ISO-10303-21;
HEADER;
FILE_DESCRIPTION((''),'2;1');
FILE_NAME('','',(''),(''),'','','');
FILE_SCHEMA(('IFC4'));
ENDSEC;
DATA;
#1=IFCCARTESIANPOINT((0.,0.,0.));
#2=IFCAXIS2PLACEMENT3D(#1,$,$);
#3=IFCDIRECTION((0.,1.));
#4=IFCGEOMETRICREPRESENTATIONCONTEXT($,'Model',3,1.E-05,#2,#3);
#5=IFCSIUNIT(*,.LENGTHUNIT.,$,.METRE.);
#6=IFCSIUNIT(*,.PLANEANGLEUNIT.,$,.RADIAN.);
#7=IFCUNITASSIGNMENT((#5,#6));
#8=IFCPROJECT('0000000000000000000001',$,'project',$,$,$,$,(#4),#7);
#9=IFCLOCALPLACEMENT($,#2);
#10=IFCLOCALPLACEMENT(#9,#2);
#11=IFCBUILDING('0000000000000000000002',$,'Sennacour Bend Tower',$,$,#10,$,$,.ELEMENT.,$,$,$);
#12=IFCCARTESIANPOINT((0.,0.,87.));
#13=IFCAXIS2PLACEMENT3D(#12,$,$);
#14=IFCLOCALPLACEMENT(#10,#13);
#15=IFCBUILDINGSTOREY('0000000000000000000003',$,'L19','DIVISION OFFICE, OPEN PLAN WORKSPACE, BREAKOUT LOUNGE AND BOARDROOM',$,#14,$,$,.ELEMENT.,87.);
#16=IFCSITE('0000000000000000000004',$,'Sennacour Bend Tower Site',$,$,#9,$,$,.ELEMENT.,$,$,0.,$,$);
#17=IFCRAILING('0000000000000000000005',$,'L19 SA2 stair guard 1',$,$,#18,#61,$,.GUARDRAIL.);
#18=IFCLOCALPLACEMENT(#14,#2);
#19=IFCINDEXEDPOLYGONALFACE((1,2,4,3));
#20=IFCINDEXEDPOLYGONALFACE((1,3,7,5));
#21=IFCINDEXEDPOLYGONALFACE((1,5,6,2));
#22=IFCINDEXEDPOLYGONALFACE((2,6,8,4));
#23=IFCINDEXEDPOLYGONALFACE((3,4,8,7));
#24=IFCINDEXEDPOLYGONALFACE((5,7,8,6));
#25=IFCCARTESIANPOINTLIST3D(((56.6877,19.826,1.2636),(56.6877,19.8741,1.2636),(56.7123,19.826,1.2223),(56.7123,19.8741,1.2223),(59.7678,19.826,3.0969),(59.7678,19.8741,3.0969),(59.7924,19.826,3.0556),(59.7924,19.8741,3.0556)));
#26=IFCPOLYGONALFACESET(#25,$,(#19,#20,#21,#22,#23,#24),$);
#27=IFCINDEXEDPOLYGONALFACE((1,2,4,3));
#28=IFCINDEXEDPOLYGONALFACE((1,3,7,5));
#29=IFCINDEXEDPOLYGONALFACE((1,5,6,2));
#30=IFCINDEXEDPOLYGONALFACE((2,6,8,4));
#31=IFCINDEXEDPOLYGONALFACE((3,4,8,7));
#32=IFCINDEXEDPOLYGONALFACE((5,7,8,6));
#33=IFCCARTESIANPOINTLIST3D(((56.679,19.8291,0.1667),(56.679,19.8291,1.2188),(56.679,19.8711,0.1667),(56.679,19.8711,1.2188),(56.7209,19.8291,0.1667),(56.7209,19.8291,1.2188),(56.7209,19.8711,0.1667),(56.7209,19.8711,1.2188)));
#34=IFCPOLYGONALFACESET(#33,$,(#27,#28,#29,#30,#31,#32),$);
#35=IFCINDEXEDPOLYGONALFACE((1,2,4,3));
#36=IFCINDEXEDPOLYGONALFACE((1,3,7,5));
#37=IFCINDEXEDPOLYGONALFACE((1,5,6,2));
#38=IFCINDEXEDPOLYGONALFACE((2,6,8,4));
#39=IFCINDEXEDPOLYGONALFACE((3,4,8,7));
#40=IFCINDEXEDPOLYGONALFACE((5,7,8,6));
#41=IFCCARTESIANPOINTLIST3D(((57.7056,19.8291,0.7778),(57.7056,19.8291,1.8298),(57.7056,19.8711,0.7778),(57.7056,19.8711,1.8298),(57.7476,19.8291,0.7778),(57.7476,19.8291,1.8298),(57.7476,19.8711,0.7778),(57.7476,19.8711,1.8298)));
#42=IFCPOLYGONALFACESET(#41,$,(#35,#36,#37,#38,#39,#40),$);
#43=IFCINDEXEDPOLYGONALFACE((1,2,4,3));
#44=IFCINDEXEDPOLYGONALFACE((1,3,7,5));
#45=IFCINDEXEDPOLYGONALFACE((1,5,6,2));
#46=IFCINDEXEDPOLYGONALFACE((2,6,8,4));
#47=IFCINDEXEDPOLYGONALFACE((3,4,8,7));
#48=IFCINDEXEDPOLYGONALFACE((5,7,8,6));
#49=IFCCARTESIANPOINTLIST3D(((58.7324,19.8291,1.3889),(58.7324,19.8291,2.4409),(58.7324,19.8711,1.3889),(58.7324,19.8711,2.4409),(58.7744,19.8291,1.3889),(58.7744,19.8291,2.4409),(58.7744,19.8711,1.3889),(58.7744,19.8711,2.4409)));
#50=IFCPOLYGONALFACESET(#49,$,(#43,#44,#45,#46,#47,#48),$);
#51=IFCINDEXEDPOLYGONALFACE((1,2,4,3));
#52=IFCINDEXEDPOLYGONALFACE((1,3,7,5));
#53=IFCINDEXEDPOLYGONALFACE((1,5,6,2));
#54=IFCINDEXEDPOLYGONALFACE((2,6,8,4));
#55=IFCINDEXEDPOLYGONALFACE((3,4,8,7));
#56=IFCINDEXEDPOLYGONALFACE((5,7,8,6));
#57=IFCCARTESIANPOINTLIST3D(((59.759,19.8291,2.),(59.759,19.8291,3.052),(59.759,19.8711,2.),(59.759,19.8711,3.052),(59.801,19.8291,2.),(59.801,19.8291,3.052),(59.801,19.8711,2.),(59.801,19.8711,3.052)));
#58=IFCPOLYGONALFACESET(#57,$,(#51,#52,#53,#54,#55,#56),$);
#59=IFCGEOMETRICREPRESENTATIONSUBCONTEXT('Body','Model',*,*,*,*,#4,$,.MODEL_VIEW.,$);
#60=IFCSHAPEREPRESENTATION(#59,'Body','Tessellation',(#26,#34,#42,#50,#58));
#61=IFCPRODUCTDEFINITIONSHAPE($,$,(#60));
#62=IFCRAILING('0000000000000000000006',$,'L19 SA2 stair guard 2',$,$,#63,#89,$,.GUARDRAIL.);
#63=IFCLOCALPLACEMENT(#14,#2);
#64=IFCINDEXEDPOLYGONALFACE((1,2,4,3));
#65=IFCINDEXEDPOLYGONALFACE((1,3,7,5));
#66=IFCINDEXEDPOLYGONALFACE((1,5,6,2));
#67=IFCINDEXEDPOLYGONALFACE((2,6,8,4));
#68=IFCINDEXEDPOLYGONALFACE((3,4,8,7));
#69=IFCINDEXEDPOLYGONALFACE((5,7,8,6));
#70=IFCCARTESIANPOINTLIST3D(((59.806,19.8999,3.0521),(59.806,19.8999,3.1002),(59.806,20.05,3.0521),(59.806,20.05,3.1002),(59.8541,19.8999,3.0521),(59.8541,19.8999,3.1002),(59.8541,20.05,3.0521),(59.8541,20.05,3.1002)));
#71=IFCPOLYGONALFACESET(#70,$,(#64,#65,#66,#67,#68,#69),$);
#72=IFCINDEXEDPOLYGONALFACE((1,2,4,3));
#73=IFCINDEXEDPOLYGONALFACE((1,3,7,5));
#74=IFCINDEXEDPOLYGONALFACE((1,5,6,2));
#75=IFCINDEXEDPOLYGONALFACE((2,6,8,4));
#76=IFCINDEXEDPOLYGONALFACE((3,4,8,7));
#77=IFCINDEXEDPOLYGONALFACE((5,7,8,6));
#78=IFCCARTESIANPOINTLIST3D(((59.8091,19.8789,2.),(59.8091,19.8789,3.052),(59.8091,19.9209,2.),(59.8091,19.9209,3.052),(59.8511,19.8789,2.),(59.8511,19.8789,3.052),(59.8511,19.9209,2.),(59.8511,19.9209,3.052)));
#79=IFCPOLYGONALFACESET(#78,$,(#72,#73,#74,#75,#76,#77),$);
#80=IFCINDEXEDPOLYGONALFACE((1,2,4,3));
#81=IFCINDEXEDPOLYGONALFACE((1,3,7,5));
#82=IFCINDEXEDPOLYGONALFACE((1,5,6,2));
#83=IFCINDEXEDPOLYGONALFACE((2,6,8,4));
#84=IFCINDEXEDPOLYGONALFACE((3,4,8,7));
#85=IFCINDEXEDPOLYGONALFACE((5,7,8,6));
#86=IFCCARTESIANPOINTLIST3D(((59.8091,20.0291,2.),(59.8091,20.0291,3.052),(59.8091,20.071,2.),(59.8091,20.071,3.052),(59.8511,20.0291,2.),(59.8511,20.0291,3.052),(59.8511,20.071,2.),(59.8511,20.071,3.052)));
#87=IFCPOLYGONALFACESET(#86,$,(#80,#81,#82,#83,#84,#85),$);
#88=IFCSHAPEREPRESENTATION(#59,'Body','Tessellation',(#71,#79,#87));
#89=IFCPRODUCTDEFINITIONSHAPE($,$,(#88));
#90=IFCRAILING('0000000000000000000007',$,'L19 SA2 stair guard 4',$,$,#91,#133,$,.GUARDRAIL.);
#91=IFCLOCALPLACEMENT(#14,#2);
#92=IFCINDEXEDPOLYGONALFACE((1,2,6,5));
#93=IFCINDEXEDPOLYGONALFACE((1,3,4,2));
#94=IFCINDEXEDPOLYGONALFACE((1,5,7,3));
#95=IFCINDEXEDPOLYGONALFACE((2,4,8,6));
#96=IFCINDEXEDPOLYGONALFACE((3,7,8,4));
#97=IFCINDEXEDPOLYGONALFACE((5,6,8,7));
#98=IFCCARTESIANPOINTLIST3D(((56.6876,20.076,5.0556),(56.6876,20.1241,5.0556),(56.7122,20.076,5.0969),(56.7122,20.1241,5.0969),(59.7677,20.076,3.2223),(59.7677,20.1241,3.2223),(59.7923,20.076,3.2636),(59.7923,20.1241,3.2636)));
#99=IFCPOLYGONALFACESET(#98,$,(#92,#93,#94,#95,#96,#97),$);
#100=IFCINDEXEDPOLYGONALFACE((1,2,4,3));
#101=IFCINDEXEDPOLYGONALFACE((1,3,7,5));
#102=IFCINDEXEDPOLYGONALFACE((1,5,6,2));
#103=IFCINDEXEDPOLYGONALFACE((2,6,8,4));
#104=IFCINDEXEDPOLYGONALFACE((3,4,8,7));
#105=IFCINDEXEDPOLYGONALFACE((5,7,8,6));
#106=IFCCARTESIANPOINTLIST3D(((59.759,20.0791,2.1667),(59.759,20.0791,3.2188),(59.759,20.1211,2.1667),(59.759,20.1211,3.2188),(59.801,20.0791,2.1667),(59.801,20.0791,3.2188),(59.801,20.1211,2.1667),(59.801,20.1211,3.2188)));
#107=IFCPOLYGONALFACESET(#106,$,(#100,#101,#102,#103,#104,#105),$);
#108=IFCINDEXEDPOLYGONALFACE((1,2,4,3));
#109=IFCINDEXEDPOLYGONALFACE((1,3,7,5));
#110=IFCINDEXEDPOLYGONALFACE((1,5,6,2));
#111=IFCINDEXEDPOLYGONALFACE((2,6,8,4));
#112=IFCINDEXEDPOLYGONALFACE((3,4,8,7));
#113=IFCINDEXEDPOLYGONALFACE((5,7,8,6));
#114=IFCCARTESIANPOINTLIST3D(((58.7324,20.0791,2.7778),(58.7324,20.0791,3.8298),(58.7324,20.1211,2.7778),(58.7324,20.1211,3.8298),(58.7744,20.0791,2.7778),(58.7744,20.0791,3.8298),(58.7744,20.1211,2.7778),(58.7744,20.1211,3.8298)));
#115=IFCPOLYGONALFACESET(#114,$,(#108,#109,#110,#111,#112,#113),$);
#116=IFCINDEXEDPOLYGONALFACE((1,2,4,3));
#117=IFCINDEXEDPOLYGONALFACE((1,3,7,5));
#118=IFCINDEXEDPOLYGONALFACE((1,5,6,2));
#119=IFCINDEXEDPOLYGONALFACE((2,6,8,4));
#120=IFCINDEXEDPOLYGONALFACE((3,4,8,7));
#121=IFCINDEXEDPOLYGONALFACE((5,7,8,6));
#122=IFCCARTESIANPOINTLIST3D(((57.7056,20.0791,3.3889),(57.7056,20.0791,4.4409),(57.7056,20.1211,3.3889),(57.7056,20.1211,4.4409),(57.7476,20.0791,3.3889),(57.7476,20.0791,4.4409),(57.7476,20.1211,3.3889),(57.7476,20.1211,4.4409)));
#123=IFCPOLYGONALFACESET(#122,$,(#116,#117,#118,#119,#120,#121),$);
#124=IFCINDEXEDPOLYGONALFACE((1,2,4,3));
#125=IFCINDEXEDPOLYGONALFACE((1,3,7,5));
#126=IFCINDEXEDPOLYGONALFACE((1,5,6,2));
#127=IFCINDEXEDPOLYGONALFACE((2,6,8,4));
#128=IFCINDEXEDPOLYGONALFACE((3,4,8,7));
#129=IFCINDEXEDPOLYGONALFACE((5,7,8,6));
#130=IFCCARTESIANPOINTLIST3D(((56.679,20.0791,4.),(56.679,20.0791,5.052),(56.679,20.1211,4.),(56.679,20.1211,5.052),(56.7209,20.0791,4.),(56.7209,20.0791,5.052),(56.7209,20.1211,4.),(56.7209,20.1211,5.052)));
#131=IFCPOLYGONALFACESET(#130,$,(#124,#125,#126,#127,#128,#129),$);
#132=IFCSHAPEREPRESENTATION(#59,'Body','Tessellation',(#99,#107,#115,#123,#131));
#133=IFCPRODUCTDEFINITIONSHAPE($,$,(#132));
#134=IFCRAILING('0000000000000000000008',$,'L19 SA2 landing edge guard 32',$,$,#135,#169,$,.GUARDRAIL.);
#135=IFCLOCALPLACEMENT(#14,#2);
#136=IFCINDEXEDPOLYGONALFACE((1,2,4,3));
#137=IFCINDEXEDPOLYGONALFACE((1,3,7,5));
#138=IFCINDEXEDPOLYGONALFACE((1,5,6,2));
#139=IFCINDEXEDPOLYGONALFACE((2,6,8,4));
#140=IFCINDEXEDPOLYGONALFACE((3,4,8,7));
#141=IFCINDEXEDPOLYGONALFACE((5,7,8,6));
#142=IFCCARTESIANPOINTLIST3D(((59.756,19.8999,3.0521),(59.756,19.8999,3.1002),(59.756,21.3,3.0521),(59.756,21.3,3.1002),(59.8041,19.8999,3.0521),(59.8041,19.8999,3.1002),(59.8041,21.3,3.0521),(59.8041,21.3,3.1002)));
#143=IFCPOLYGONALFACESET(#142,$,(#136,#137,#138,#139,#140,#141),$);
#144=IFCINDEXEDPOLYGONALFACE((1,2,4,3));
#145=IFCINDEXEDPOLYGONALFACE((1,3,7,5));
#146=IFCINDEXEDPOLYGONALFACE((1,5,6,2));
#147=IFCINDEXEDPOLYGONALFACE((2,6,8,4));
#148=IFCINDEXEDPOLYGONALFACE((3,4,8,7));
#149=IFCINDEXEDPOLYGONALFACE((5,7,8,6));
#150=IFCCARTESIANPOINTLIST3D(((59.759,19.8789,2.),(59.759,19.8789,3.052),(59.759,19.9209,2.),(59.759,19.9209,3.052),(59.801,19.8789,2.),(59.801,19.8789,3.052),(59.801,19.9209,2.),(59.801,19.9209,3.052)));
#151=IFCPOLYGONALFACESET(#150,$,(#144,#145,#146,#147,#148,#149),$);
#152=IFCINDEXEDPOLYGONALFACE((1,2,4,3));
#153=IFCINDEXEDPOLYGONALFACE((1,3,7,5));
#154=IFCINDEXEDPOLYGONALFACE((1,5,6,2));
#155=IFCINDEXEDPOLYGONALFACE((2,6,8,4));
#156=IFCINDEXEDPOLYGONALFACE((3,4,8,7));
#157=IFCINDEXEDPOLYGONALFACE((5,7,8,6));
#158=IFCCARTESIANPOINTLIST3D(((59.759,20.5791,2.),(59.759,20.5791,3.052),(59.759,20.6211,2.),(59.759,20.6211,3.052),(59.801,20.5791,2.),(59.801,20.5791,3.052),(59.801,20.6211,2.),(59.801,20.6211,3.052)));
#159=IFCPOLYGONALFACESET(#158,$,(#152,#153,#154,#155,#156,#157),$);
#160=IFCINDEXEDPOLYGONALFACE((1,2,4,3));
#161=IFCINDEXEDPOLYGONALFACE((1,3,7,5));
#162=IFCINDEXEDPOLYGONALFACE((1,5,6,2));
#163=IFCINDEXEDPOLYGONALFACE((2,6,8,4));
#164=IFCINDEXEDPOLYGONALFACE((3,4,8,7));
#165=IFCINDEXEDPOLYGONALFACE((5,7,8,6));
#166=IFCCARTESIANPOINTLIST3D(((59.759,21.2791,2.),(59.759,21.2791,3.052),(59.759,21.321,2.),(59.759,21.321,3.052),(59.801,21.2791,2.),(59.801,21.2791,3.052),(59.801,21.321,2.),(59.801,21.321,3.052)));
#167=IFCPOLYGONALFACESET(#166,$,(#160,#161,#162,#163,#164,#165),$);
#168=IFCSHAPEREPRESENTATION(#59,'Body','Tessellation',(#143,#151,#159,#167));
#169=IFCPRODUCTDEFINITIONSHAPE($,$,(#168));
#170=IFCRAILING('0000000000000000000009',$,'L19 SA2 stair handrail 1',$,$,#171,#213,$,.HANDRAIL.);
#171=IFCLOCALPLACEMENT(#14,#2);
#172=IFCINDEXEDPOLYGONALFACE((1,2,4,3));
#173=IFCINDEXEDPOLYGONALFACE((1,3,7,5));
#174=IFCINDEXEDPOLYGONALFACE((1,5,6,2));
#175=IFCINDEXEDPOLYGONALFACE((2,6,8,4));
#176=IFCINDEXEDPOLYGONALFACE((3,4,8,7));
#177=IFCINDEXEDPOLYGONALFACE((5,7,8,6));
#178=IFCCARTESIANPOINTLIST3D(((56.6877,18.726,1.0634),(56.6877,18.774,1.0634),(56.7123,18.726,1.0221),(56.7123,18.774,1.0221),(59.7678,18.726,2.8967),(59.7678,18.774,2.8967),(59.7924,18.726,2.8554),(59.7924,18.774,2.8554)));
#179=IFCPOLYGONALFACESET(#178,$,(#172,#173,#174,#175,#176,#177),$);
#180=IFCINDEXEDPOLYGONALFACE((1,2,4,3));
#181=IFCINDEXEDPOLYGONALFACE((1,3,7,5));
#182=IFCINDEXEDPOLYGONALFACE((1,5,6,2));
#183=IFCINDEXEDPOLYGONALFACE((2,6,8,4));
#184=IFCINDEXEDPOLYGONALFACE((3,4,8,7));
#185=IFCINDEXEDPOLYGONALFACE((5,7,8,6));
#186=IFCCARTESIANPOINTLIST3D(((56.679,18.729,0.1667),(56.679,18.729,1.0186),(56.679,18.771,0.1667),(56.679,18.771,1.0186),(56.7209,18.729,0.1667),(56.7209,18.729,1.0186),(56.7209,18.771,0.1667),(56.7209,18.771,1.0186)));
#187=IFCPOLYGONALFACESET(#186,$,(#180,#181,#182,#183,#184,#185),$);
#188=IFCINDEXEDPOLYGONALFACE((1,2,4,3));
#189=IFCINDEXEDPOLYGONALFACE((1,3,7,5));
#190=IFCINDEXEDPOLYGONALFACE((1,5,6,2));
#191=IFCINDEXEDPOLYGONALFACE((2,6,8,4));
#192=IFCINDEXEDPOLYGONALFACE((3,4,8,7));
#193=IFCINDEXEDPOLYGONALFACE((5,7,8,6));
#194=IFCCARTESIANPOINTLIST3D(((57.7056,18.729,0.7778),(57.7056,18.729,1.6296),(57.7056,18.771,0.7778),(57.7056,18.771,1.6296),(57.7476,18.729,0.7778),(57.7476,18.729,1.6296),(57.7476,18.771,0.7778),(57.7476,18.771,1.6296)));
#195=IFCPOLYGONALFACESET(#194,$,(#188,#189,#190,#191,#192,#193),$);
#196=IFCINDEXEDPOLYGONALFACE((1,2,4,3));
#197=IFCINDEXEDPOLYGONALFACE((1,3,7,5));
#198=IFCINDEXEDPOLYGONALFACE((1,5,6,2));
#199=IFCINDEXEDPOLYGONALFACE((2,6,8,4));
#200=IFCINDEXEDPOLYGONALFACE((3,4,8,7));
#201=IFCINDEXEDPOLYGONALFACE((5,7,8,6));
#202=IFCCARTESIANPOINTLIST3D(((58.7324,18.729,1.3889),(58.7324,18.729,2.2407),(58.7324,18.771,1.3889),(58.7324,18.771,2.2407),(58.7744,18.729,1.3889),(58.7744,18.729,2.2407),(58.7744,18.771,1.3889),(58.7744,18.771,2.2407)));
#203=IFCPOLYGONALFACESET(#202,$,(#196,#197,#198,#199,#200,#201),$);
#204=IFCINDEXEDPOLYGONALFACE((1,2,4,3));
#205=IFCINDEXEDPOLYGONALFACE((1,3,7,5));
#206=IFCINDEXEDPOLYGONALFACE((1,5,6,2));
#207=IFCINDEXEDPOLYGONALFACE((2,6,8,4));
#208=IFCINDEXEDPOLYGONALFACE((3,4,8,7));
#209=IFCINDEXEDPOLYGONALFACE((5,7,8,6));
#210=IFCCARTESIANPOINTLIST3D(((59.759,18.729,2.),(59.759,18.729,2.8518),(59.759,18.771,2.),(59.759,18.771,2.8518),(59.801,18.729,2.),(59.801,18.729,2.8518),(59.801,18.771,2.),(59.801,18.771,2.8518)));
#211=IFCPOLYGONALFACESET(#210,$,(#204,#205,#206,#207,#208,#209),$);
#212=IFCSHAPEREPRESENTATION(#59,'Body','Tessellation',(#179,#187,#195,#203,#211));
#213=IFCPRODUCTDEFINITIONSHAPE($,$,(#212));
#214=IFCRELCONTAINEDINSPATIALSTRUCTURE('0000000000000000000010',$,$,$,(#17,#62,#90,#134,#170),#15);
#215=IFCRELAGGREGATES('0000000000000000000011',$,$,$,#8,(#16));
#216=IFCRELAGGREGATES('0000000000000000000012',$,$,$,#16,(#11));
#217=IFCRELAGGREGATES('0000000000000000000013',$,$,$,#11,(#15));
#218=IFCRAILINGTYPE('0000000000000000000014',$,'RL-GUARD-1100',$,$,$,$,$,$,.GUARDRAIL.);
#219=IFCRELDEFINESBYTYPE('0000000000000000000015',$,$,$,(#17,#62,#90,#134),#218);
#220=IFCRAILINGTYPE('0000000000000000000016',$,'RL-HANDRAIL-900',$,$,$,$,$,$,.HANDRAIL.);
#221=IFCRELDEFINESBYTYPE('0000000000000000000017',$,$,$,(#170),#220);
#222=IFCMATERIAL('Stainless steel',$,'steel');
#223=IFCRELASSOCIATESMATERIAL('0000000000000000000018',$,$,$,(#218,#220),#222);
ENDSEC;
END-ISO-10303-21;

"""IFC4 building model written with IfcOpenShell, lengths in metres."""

from ifc_helpers import new_model, si_unit, direction, frame, origin, origin_2d, place, context, subcontext, project, spatial, rectangle, extrude, material, type_object, element, save


model = new_model("IFC4")

# Units and contexts
model_context = context("Model", 3, precision=1e-05, world=origin(), true_north=direction((0.0, 1.0)))
body_context = subcontext(model_context, "Body", "Model", "MODEL_VIEW")
ifc_project = project(units=[si_unit("LENGTHUNIT", "METRE"), si_unit("PLANEANGLEUNIT", "RADIAN")], contexts=[model_context])

# Site, building, storey
site_placement = place(None, origin())
site = spatial("IfcSite", under=ifc_project, at=site_placement, Name="Sennacour Bend Tower Site", CompositionType="ELEMENT", RefElevation=0.0)
building_placement = place(site_placement, origin())
building = spatial("IfcBuilding", under=site, at=building_placement, Name="Sennacour Bend Tower", CompositionType="ELEMENT")
storey_placement = place(building_placement, frame((0.0, 0.0, 87.0)))
storey = spatial("IfcBuildingStorey", under=building, at=storey_placement, Name="L19", Description="DIVISION OFFICE, OPEN PLAN WORKSPACE, BREAKOUT LOUNGE AND BOARDROOM", CompositionType="ELEMENT", Elevation=87.0)

# Shared definitions
ifc_material_1 = material(Name="Stainless steel", Category="steel")

# Railings
railing_type_1 = type_object("IfcRailingType", Name="RL-GUARD-1100", PredefinedType="GUARDRAIL", material=ifc_material_1)
railing_1_placement = place(storey_placement, frame((56.7, 19.8501, 0.1667)))
element("IfcRailing", 1, at=railing_1_placement, inside=storey, type_object=railing_type_1, Name="L19 SA2 stair guard 1", PredefinedType="GUARDRAIL", context=body_context, shape_type="SweptSolid", body=[
    extrude(rectangle(XDim=0.0481, YDim=0.0481, at=origin_2d()), frame((0.0, 0.0, 1.0762), z_axis=(0.859309, 0.0, 0.511458), x_axis=(0.0, 1.0, 0.0)), (0.0, 0.0, 1.0), 3.5845),
    extrude(rectangle(XDim=0.042, YDim=0.042, at=origin_2d()), origin(), (0.0, 0.0, 1.0), 1.052),
    extrude(rectangle(XDim=0.042, YDim=0.042, at=origin_2d()), frame((1.0266, 0.0, 0.6111)), (0.0, 0.0, 1.0), 1.052),
    extrude(rectangle(XDim=0.042, YDim=0.042, at=origin_2d()), frame((2.0535, 0.0, 1.2222)), (0.0, 0.0, 1.0), 1.052),
    extrude(rectangle(XDim=0.042, YDim=0.042, at=origin_2d()), frame((3.0801, 0.0, 1.8333)), (0.0, 0.0, 1.0), 1.052),
])
railing_2_placement = place(storey_placement, frame((59.8301, 19.8999, 2.0)))
element("IfcRailing", 2, at=railing_2_placement, inside=storey, type_object=railing_type_1, Name="L19 SA2 stair guard 2", PredefinedType="GUARDRAIL", context=body_context, shape_type="SweptSolid", body=[
    extrude(rectangle(XDim=0.0481, YDim=0.0481, at=origin_2d()), frame((0.0, 0.0, 1.0762), z_axis=(0.0, 1.0, 0.0), x_axis=(-1.0, 0.0, 0.0)), (0.0, 0.0, 1.0), 0.1501),
    extrude(rectangle(XDim=0.042, YDim=0.042, at=origin_2d()), origin(), (0.0, 0.0, 1.0), 1.052),
    extrude(rectangle(XDim=0.042, YDim=0.042, at=origin_2d()), frame((0.0, 0.1501, 0.0)), (0.0, 0.0, 1.0), 1.052),
])
railing_3_placement = place(storey_placement, frame((59.78, 20.1001, 2.1667)))
element("IfcRailing", 3, at=railing_3_placement, inside=storey, type_object=railing_type_1, Name="L19 SA2 stair guard 4", PredefinedType="GUARDRAIL", context=body_context, shape_type="SweptSolid", body=[
    extrude(rectangle(XDim=0.0481, YDim=0.0481, at=origin_2d()), frame((0.0, 0.0, 1.0762), z_axis=(-0.859309, 0.0, 0.511458), x_axis=(0.0, -1.0, 0.0)), (0.0, 0.0, 1.0), 3.5845),
    extrude(rectangle(XDim=0.042, YDim=0.042, at=origin_2d()), origin(), (0.0, 0.0, 1.0), 1.052),
    extrude(rectangle(XDim=0.042, YDim=0.042, at=origin_2d()), frame((-1.0266, 0.0, 0.6111)), (0.0, 0.0, 1.0), 1.052),
    extrude(rectangle(XDim=0.042, YDim=0.042, at=origin_2d()), frame((-2.0535, 0.0, 1.2222)), (0.0, 0.0, 1.0), 1.052),
    extrude(rectangle(XDim=0.042, YDim=0.042, at=origin_2d()), frame((-3.0801, 0.0, 1.8333)), (0.0, 0.0, 1.0), 1.052),
])
railing_4_placement = place(storey_placement, frame((59.78, 19.8999, 2.0)))
element("IfcRailing", 4, at=railing_4_placement, inside=storey, type_object=railing_type_1, Name="L19 SA2 landing edge guard 32", PredefinedType="GUARDRAIL", context=body_context, shape_type="SweptSolid", body=[
    extrude(rectangle(XDim=0.0481, YDim=0.0481, at=origin_2d()), frame((0.0, 0.0, 1.0762), z_axis=(0.0, 1.0, 0.0), x_axis=(-1.0, 0.0, 0.0)), (0.0, 0.0, 1.0), 1.4001),
    extrude(rectangle(XDim=0.042, YDim=0.042, at=origin_2d()), origin(), (0.0, 0.0, 1.0), 1.052),
    extrude(rectangle(XDim=0.042, YDim=0.042, at=origin_2d()), frame((0.0, 0.7002, 0.0)), (0.0, 0.0, 1.0), 1.052),
    extrude(rectangle(XDim=0.042, YDim=0.042, at=origin_2d()), frame((0.0, 1.4001, 0.0)), (0.0, 0.0, 1.0), 1.052),
])
railing_type_2 = type_object("IfcRailingType", Name="RL-HANDRAIL-900", PredefinedType="HANDRAIL", material=ifc_material_1)
railing_5_placement = place(storey_placement, frame((56.7, 18.75, 0.1667)))
element("IfcRailing", 5, at=railing_5_placement, inside=storey, type_object=railing_type_2, Name="L19 SA2 stair handrail 1", PredefinedType="HANDRAIL", context=body_context, shape_type="SweptSolid", body=[
    extrude(rectangle(XDim=0.0481, YDim=0.0481, at=origin_2d()), frame((0.0, 0.0, 0.876), z_axis=(0.859309, 0.0, 0.511458), x_axis=(0.0, 1.0, 0.0)), (0.0, 0.0, 1.0), 3.5845),
    extrude(rectangle(XDim=0.042, YDim=0.042, at=origin_2d()), origin(), (0.0, 0.0, 1.0), 0.8518),
    extrude(rectangle(XDim=0.042, YDim=0.042, at=origin_2d()), frame((1.0266, 0.0, 0.6111)), (0.0, 0.0, 1.0), 0.8518),
    extrude(rectangle(XDim=0.042, YDim=0.042, at=origin_2d()), frame((2.0535, 0.0, 1.2222)), (0.0, 0.0, 1.0), 0.8518),
    extrude(rectangle(XDim=0.042, YDim=0.042, at=origin_2d()), frame((3.0801, 0.0, 1.8333)), (0.0, 0.0, 1.0), 0.8518),
])

save(model, "model.ifc")
